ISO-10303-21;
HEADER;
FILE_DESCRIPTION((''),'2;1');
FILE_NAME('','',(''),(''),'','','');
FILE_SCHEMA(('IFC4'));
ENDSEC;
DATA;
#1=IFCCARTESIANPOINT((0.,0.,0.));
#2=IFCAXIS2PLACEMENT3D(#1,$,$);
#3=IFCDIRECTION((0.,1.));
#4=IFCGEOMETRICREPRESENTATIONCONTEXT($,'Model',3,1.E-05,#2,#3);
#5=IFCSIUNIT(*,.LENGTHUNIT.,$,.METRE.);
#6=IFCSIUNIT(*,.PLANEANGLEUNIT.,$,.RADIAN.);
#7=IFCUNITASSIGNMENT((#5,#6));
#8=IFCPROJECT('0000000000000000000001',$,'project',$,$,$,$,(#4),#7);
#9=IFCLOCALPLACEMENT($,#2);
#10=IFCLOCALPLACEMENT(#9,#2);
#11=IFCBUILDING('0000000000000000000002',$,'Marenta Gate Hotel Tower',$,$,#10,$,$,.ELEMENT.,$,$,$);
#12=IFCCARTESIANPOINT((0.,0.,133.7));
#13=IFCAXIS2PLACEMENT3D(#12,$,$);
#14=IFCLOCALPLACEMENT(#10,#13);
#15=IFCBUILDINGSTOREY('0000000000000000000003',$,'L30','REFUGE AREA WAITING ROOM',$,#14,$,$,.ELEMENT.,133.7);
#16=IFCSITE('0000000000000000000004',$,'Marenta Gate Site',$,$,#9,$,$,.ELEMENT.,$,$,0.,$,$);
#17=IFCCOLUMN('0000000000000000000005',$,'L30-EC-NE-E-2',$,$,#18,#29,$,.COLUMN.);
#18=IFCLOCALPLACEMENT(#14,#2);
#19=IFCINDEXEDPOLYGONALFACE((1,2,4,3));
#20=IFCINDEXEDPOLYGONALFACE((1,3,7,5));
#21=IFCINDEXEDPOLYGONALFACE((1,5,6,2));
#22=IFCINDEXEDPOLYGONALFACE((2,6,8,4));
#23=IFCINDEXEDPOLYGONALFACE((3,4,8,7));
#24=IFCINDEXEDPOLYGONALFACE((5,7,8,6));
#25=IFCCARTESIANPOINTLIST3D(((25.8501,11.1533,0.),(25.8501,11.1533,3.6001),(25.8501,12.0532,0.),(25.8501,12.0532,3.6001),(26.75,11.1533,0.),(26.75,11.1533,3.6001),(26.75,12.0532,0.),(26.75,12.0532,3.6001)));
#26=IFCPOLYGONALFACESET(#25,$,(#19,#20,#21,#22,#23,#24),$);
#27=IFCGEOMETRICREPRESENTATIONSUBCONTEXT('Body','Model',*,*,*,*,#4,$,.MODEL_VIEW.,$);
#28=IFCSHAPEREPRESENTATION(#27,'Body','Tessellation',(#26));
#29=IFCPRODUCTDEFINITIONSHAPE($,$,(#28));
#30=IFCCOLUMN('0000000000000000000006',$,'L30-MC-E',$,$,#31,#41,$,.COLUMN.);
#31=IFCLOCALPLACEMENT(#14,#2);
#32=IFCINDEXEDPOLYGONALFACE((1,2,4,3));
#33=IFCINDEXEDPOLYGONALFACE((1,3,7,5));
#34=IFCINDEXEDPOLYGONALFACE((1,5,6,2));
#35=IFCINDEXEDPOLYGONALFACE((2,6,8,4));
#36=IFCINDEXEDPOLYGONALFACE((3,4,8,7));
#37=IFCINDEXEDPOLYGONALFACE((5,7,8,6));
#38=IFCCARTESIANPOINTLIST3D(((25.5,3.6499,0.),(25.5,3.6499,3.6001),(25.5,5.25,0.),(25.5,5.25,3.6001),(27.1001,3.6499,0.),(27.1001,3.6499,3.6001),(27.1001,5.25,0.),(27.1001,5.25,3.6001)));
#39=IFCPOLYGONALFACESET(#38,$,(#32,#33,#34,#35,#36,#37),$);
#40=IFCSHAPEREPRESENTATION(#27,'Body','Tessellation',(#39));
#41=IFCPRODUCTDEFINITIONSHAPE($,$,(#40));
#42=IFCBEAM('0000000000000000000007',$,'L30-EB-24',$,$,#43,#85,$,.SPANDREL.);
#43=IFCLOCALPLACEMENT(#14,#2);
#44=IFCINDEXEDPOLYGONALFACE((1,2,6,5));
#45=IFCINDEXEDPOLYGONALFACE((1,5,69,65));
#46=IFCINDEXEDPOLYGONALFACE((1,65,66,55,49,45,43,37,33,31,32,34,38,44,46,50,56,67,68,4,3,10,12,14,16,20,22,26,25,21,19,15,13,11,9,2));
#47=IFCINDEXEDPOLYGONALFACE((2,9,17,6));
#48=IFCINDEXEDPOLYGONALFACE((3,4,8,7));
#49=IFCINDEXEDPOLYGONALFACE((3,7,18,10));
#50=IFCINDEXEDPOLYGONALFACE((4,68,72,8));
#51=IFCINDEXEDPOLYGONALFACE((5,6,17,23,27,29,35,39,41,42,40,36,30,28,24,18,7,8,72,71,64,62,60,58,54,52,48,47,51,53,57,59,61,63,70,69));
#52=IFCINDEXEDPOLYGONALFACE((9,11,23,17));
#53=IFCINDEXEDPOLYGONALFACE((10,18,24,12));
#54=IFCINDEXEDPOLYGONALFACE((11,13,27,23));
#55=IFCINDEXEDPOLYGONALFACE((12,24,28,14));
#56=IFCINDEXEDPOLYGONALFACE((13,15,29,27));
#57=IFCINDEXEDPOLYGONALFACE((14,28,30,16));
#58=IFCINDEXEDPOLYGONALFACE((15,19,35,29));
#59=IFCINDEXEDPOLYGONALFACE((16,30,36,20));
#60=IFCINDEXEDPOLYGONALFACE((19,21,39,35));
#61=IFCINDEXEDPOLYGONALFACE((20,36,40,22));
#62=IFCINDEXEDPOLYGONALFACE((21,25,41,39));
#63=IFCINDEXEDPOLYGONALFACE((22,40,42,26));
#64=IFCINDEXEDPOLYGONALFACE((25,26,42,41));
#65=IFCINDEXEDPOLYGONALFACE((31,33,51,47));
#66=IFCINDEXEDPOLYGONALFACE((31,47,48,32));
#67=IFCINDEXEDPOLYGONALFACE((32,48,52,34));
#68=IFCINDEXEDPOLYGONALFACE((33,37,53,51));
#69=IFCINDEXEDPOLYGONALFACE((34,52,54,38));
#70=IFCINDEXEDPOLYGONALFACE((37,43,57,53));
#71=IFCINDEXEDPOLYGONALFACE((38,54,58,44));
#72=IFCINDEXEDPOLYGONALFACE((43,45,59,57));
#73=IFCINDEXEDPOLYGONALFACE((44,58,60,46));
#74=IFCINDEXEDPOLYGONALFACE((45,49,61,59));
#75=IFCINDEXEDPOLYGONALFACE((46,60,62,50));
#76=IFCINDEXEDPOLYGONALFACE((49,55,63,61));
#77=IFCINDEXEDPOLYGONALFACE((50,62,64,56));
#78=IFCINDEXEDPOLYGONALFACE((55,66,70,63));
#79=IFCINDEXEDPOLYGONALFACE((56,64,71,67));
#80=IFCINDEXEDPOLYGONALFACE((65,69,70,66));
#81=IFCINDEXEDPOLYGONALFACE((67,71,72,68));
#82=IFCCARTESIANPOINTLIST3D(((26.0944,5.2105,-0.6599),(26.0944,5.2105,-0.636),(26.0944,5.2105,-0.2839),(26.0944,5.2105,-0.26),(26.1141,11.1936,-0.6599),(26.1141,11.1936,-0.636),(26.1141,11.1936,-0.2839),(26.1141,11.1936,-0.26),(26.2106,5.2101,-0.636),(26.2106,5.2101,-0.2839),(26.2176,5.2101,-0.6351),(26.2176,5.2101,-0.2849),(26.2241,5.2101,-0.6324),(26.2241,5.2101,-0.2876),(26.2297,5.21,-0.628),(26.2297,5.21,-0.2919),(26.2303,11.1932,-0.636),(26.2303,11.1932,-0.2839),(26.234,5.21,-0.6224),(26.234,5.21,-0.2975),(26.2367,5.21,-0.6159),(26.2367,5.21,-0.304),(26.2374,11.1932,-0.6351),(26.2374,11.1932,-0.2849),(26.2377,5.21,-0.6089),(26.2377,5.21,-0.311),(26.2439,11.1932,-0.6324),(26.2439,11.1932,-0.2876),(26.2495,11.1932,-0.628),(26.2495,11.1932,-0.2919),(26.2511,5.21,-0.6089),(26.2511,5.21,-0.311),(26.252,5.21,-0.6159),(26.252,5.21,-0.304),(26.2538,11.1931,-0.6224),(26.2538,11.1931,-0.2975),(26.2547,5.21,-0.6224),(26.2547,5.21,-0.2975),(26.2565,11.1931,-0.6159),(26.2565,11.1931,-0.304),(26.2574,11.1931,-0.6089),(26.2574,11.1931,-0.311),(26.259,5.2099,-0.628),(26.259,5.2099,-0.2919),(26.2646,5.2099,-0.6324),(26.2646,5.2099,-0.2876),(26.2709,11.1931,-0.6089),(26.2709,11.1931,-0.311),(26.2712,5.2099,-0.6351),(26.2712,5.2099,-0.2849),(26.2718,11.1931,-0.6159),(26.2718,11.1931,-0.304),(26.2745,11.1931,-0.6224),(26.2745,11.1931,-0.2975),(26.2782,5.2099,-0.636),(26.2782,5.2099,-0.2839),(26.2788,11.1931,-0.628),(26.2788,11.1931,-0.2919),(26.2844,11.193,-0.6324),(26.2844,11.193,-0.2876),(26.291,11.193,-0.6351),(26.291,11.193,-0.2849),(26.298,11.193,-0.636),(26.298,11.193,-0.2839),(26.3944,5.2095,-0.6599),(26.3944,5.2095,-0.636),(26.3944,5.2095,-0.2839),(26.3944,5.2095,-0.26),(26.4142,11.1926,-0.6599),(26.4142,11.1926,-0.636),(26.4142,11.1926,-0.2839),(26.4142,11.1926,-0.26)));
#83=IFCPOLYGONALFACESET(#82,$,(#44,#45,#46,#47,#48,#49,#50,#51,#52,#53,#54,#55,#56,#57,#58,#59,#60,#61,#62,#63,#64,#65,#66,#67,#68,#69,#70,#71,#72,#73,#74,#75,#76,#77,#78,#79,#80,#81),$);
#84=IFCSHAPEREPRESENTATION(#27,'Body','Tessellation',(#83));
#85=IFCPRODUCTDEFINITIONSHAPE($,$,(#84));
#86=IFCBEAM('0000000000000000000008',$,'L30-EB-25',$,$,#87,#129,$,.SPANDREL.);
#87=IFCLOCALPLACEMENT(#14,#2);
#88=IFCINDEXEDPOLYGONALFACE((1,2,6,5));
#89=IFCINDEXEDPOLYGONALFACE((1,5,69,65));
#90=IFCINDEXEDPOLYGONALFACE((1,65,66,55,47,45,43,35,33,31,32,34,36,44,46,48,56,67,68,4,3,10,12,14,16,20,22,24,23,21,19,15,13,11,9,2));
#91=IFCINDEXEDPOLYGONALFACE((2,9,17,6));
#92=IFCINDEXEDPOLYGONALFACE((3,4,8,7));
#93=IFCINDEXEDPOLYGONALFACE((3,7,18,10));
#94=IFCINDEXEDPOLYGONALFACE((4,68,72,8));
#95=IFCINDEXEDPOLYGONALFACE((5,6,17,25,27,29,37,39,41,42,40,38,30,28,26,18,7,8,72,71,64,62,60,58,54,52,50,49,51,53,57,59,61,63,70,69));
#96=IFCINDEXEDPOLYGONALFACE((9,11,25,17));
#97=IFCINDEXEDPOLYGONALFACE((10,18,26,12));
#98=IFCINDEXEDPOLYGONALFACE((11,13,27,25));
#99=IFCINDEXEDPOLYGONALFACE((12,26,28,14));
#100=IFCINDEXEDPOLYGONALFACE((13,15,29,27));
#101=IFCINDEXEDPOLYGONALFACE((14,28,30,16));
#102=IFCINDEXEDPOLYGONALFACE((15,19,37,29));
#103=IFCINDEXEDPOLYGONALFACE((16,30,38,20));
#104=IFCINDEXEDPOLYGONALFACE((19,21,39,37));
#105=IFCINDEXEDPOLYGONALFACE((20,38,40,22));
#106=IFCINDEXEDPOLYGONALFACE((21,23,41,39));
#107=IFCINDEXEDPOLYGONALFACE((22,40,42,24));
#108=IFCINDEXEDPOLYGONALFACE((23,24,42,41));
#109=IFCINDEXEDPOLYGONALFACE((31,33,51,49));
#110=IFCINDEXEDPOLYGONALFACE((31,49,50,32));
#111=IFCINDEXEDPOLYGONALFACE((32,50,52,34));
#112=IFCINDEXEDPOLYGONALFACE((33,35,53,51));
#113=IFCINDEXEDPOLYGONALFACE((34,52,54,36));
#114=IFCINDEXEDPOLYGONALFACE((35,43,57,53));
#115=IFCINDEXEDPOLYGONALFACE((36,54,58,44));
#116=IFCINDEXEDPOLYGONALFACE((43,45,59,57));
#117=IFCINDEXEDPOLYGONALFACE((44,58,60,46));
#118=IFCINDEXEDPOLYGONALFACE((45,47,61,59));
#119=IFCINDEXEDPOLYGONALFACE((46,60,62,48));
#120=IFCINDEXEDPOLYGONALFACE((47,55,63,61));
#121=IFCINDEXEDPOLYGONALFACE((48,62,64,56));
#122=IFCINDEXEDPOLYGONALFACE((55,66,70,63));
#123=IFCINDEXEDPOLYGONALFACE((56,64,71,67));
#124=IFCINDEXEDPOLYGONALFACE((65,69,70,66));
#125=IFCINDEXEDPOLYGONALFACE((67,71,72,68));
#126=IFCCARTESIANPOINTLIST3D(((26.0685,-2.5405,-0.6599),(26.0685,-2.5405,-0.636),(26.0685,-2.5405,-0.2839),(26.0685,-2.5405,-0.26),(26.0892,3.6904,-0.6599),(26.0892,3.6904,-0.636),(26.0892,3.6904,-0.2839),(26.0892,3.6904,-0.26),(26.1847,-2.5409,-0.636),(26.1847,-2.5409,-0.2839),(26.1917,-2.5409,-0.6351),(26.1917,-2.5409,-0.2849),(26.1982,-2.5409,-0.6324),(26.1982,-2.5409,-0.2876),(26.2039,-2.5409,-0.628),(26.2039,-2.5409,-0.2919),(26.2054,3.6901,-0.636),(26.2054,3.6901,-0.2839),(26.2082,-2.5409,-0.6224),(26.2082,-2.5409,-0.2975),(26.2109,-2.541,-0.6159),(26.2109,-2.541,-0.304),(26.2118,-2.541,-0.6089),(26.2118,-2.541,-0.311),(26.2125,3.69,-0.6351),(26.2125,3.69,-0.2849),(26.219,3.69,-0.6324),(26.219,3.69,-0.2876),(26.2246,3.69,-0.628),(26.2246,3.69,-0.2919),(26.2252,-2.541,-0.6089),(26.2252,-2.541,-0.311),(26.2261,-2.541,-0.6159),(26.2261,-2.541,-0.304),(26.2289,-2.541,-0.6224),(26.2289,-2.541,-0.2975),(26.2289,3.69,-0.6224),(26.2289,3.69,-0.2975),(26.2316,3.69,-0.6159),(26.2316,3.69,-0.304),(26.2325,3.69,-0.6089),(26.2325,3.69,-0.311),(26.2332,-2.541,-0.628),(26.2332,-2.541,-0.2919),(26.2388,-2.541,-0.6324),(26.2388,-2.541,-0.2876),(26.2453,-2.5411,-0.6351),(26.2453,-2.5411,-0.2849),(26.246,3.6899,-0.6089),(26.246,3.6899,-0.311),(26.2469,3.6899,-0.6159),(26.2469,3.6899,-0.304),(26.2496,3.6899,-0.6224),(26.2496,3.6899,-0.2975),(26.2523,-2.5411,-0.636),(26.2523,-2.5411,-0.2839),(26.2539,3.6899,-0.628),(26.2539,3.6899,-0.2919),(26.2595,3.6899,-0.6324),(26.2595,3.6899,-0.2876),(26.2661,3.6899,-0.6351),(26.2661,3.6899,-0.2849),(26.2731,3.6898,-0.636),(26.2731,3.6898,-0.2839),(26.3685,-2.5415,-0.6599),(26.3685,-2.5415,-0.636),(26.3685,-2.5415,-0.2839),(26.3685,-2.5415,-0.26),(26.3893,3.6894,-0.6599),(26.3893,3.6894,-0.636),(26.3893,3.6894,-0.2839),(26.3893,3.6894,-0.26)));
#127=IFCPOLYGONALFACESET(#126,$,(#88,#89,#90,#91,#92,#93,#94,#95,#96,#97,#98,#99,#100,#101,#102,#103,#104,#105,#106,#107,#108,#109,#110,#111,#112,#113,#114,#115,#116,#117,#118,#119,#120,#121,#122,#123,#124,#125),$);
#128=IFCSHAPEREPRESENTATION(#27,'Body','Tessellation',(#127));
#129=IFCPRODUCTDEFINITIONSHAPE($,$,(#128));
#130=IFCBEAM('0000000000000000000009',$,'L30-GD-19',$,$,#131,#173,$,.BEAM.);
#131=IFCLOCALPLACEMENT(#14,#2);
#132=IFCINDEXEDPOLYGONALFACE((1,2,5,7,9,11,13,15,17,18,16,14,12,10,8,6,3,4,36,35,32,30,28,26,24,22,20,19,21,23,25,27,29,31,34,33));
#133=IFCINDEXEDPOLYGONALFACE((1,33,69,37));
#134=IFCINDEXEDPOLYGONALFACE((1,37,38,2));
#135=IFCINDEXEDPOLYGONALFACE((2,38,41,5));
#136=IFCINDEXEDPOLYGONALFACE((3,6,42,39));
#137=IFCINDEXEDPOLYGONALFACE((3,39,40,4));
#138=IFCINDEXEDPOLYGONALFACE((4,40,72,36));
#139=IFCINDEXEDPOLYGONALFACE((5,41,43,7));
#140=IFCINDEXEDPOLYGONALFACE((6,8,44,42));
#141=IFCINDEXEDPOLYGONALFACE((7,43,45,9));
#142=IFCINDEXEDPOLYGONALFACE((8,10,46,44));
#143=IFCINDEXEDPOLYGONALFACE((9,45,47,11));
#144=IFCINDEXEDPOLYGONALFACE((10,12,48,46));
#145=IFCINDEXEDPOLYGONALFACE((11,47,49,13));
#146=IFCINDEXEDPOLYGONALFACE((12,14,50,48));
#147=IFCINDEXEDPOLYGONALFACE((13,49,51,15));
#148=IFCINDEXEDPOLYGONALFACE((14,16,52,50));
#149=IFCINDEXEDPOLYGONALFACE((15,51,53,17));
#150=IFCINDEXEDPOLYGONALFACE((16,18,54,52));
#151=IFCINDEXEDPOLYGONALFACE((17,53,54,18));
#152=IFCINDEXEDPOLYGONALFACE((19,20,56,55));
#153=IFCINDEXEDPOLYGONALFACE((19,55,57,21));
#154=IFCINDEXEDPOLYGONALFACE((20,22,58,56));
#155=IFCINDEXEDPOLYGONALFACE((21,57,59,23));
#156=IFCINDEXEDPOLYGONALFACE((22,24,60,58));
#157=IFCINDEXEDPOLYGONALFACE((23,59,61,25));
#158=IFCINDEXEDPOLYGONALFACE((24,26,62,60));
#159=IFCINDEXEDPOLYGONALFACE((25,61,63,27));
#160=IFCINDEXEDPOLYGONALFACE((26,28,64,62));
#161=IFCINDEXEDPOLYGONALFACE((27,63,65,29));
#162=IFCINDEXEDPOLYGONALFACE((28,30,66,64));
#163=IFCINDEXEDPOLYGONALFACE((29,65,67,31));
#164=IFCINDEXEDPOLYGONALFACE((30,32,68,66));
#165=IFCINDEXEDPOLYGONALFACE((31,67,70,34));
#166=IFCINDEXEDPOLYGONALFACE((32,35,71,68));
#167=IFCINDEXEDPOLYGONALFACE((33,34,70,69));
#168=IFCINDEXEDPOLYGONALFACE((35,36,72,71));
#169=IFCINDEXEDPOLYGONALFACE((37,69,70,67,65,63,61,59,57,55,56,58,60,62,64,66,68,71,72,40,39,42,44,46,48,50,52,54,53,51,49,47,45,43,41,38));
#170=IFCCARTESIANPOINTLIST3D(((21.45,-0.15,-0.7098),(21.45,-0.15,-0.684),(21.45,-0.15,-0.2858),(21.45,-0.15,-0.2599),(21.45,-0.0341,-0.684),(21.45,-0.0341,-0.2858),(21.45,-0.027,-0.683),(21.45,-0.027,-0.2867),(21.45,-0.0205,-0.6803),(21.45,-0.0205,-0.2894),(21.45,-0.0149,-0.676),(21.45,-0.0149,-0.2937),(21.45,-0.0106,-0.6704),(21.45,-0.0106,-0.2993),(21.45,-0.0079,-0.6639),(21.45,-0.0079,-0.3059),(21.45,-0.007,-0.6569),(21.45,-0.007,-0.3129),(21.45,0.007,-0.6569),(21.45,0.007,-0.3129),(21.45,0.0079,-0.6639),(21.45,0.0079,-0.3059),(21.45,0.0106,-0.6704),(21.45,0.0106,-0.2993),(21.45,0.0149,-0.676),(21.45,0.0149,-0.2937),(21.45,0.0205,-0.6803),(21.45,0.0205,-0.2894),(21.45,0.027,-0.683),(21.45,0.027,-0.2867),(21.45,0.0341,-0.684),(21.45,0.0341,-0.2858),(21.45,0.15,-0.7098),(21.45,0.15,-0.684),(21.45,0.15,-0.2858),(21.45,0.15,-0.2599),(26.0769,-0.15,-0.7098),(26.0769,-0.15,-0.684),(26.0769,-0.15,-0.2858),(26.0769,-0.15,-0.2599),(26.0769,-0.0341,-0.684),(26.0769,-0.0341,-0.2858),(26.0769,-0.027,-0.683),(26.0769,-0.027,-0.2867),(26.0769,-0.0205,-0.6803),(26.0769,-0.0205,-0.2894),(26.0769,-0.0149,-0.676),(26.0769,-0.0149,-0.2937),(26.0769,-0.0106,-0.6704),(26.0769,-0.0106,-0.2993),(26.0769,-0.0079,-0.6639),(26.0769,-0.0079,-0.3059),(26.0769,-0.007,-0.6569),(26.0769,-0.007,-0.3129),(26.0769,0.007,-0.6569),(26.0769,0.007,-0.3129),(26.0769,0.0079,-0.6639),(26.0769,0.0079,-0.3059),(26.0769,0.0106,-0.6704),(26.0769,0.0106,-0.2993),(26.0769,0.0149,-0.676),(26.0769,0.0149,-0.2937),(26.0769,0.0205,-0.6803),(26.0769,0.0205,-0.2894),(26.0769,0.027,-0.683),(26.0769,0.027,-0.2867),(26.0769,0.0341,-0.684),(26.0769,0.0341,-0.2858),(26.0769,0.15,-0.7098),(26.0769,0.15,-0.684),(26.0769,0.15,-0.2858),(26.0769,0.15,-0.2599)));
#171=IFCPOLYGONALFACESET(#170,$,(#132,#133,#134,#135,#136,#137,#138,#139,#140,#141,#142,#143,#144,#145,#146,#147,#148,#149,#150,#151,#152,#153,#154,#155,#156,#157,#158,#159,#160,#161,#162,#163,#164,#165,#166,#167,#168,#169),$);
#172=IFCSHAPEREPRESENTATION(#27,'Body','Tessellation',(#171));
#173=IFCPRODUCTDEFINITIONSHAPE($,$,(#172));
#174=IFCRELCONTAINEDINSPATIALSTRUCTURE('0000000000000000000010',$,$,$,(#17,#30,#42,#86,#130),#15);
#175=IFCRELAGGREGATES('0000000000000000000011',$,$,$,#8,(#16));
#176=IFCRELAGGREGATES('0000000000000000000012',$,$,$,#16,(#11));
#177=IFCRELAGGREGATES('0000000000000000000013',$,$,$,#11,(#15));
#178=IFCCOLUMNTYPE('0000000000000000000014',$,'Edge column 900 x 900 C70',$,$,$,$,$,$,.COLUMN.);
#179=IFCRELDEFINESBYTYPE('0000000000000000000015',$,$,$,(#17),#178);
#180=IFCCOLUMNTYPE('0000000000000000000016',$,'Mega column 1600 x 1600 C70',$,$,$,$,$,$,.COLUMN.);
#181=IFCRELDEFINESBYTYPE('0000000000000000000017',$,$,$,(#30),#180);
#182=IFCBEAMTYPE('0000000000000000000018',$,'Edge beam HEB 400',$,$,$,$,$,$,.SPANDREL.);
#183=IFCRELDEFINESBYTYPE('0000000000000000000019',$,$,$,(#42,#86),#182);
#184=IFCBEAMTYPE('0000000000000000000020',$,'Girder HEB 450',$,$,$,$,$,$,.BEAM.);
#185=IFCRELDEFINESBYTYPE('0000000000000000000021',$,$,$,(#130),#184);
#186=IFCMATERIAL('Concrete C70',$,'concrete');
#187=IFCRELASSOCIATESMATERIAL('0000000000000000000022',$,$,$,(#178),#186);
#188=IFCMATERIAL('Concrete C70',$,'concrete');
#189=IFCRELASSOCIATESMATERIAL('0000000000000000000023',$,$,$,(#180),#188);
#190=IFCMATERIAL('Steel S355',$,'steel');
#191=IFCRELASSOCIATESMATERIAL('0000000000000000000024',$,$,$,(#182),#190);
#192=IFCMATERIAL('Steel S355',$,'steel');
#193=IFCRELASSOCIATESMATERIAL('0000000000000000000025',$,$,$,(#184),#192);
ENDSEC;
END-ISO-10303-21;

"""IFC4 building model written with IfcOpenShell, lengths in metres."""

from ifc_helpers import new_model, si_unit, direction, frame, origin, origin_2d, place, context, subcontext, project, spatial, rectangle, i_section, extrude, material, material_profile, profile_set, type_object, element, save


model = new_model("IFC4")

# Units and contexts
model_context = context("Model", 3, precision=1e-05, world=origin(), true_north=direction((0.0, 1.0)))
body_context = subcontext(model_context, "Body", "Model", "MODEL_VIEW")
ifc_project = project(units=[si_unit("LENGTHUNIT", "METRE"), si_unit("PLANEANGLEUNIT", "RADIAN")], contexts=[model_context])

# Site, building, storey
site_placement = place(None, origin())
site = spatial("IfcSite", under=ifc_project, at=site_placement, Name="Marenta Gate Site", CompositionType="ELEMENT", RefElevation=0.0)
building_placement = place(site_placement, origin())
building = spatial("IfcBuilding", under=site, at=building_placement, Name="Marenta Gate Hotel Tower", CompositionType="ELEMENT")
storey_placement = place(building_placement, frame((0.0, 0.0, 133.7)))
storey = spatial("IfcBuildingStorey", under=building, at=storey_placement, Name="L30", Description="REFUGE AREA WAITING ROOM", CompositionType="ELEMENT", Elevation=133.7)

# Columns
ifc_material_1 = material(Name="Concrete C70", Category="concrete")
ifc_material_profile_1 = material_profile(ifc_material_1, rectangle(XDim=0.8999, YDim=0.8999, at=origin_2d()), Name="900 x 900")
ifc_profile_set_1 = profile_set([ifc_material_profile_1], Name="Concrete C70")
column_type_1 = type_object("IfcColumnType", Name="Edge column 900 x 900 C70", PredefinedType="COLUMN", material=ifc_profile_set_1)
column_1_placement = place(storey_placement, frame((26.3, 11.6033, 0.0), z_axis=(0.0, 0.0, 1.0), x_axis=(1.0, 0.0, 0.0)))
element("IfcColumn", 1, at=column_1_placement, inside=storey, type_object=column_type_1, Name="L30-EC-NE-E-2", PredefinedType="COLUMN", context=body_context, shape_type="SweptSolid", body=[
    extrude(rectangle(XDim=0.8999, YDim=0.8999, at=origin_2d()), origin(), (0.0, 0.0, 1.0), 3.6001),
])
ifc_material_2 = material(Name="Concrete C70", Category="concrete")
ifc_material_profile_2 = material_profile(ifc_material_2, rectangle(XDim=1.6001, YDim=1.6001, at=origin_2d()), Name="1600 x 1600")
ifc_profile_set_2 = profile_set([ifc_material_profile_2], Name="Concrete C70")
column_type_2 = type_object("IfcColumnType", Name="Mega column 1600 x 1600 C70", PredefinedType="COLUMN", material=ifc_profile_set_2)
column_2_placement = place(storey_placement, frame((26.3, 4.45, 0.0), z_axis=(0.0, 0.0, 1.0), x_axis=(1.0, 0.0, 0.0)))
element("IfcColumn", 2, at=column_2_placement, inside=storey, type_object=column_type_2, Name="L30-MC-E", PredefinedType="COLUMN", context=body_context, shape_type="SweptSolid", body=[
    extrude(rectangle(XDim=1.6001, YDim=1.6001, at=origin_2d()), origin(), (0.0, 0.0, 1.0), 3.6001),
])

# Beams
ifc_material_3 = material(Name="Steel S355", Category="steel")
ifc_material_profile_3 = material_profile(ifc_material_3, i_section(OverallWidth=0.3, OverallDepth=0.3999, WebThickness=0.0134, FlangeThickness=0.0239, FilletRadius=0.0271, at=origin_2d()), Name="HEB 400")
ifc_profile_set_3 = profile_set([ifc_material_profile_3], Name="Steel S355")
beam_type_1 = type_object("IfcBeamType", Name="Edge beam HEB 400", PredefinedType="SPANDREL", material=ifc_profile_set_3)
beam_1_placement = place(storey_placement, frame((26.2642, 11.1931, -0.46), z_axis=(-0.003305, -0.999995, 0.0), x_axis=(0.999995, -0.003305, 0.0)))
element("IfcBeam", 3, at=beam_1_placement, inside=storey, type_object=beam_type_1, Name="L30-EB-24", PredefinedType="SPANDREL", context=body_context, shape_type="SweptSolid", body=[
    extrude(i_section(OverallWidth=0.3, OverallDepth=0.3999, WebThickness=0.0134, FlangeThickness=0.0239, FilletRadius=0.0271, at=origin_2d()), origin(), (0.0, 0.0, 1.0), 5.9832),
])
beam_2_placement = place(storey_placement, frame((26.2393, 3.6899, -0.46), z_axis=(-0.00333, -0.999994, 0.0), x_axis=(0.999994, -0.00333, 0.0)))
element("IfcBeam", 4, at=beam_2_placement, inside=storey, type_object=beam_type_1, Name="L30-EB-25", PredefinedType="SPANDREL", context=body_context, shape_type="SweptSolid", body=[
    extrude(i_section(OverallWidth=0.3, OverallDepth=0.3999, WebThickness=0.0134, FlangeThickness=0.0239, FilletRadius=0.0271, at=origin_2d()), origin(), (0.0, 0.0, 1.0), 6.231),
])
ifc_material_4 = material(Name="Steel S355", Category="steel")
ifc_material_profile_4 = material_profile(ifc_material_4, i_section(OverallWidth=0.3, OverallDepth=0.45, WebThickness=0.0139, FlangeThickness=0.0259, FilletRadius=0.0271, at=origin_2d()), Name="HEB 450")
ifc_profile_set_4 = profile_set([ifc_material_profile_4], Name="Steel S355")
beam_type_2 = type_object("IfcBeamType", Name="Girder HEB 450", PredefinedType="BEAM", material=ifc_profile_set_4)
beam_3_placement = place(storey_placement, frame((21.45, 0.0, -0.4849), z_axis=(1.0, 0.0, 0.0), x_axis=(0.0, 1.0, 0.0)))
element("IfcBeam", 5, at=beam_3_placement, inside=storey, type_object=beam_type_2, Name="L30-GD-19", PredefinedType="BEAM", context=body_context, shape_type="SweptSolid", body=[
    extrude(i_section(OverallWidth=0.3, OverallDepth=0.45, WebThickness=0.0139, FlangeThickness=0.0259, FilletRadius=0.0271, at=origin_2d()), origin(), (0.0, 0.0, 1.0), 4.627),
])

save(model, "model.ifc")
